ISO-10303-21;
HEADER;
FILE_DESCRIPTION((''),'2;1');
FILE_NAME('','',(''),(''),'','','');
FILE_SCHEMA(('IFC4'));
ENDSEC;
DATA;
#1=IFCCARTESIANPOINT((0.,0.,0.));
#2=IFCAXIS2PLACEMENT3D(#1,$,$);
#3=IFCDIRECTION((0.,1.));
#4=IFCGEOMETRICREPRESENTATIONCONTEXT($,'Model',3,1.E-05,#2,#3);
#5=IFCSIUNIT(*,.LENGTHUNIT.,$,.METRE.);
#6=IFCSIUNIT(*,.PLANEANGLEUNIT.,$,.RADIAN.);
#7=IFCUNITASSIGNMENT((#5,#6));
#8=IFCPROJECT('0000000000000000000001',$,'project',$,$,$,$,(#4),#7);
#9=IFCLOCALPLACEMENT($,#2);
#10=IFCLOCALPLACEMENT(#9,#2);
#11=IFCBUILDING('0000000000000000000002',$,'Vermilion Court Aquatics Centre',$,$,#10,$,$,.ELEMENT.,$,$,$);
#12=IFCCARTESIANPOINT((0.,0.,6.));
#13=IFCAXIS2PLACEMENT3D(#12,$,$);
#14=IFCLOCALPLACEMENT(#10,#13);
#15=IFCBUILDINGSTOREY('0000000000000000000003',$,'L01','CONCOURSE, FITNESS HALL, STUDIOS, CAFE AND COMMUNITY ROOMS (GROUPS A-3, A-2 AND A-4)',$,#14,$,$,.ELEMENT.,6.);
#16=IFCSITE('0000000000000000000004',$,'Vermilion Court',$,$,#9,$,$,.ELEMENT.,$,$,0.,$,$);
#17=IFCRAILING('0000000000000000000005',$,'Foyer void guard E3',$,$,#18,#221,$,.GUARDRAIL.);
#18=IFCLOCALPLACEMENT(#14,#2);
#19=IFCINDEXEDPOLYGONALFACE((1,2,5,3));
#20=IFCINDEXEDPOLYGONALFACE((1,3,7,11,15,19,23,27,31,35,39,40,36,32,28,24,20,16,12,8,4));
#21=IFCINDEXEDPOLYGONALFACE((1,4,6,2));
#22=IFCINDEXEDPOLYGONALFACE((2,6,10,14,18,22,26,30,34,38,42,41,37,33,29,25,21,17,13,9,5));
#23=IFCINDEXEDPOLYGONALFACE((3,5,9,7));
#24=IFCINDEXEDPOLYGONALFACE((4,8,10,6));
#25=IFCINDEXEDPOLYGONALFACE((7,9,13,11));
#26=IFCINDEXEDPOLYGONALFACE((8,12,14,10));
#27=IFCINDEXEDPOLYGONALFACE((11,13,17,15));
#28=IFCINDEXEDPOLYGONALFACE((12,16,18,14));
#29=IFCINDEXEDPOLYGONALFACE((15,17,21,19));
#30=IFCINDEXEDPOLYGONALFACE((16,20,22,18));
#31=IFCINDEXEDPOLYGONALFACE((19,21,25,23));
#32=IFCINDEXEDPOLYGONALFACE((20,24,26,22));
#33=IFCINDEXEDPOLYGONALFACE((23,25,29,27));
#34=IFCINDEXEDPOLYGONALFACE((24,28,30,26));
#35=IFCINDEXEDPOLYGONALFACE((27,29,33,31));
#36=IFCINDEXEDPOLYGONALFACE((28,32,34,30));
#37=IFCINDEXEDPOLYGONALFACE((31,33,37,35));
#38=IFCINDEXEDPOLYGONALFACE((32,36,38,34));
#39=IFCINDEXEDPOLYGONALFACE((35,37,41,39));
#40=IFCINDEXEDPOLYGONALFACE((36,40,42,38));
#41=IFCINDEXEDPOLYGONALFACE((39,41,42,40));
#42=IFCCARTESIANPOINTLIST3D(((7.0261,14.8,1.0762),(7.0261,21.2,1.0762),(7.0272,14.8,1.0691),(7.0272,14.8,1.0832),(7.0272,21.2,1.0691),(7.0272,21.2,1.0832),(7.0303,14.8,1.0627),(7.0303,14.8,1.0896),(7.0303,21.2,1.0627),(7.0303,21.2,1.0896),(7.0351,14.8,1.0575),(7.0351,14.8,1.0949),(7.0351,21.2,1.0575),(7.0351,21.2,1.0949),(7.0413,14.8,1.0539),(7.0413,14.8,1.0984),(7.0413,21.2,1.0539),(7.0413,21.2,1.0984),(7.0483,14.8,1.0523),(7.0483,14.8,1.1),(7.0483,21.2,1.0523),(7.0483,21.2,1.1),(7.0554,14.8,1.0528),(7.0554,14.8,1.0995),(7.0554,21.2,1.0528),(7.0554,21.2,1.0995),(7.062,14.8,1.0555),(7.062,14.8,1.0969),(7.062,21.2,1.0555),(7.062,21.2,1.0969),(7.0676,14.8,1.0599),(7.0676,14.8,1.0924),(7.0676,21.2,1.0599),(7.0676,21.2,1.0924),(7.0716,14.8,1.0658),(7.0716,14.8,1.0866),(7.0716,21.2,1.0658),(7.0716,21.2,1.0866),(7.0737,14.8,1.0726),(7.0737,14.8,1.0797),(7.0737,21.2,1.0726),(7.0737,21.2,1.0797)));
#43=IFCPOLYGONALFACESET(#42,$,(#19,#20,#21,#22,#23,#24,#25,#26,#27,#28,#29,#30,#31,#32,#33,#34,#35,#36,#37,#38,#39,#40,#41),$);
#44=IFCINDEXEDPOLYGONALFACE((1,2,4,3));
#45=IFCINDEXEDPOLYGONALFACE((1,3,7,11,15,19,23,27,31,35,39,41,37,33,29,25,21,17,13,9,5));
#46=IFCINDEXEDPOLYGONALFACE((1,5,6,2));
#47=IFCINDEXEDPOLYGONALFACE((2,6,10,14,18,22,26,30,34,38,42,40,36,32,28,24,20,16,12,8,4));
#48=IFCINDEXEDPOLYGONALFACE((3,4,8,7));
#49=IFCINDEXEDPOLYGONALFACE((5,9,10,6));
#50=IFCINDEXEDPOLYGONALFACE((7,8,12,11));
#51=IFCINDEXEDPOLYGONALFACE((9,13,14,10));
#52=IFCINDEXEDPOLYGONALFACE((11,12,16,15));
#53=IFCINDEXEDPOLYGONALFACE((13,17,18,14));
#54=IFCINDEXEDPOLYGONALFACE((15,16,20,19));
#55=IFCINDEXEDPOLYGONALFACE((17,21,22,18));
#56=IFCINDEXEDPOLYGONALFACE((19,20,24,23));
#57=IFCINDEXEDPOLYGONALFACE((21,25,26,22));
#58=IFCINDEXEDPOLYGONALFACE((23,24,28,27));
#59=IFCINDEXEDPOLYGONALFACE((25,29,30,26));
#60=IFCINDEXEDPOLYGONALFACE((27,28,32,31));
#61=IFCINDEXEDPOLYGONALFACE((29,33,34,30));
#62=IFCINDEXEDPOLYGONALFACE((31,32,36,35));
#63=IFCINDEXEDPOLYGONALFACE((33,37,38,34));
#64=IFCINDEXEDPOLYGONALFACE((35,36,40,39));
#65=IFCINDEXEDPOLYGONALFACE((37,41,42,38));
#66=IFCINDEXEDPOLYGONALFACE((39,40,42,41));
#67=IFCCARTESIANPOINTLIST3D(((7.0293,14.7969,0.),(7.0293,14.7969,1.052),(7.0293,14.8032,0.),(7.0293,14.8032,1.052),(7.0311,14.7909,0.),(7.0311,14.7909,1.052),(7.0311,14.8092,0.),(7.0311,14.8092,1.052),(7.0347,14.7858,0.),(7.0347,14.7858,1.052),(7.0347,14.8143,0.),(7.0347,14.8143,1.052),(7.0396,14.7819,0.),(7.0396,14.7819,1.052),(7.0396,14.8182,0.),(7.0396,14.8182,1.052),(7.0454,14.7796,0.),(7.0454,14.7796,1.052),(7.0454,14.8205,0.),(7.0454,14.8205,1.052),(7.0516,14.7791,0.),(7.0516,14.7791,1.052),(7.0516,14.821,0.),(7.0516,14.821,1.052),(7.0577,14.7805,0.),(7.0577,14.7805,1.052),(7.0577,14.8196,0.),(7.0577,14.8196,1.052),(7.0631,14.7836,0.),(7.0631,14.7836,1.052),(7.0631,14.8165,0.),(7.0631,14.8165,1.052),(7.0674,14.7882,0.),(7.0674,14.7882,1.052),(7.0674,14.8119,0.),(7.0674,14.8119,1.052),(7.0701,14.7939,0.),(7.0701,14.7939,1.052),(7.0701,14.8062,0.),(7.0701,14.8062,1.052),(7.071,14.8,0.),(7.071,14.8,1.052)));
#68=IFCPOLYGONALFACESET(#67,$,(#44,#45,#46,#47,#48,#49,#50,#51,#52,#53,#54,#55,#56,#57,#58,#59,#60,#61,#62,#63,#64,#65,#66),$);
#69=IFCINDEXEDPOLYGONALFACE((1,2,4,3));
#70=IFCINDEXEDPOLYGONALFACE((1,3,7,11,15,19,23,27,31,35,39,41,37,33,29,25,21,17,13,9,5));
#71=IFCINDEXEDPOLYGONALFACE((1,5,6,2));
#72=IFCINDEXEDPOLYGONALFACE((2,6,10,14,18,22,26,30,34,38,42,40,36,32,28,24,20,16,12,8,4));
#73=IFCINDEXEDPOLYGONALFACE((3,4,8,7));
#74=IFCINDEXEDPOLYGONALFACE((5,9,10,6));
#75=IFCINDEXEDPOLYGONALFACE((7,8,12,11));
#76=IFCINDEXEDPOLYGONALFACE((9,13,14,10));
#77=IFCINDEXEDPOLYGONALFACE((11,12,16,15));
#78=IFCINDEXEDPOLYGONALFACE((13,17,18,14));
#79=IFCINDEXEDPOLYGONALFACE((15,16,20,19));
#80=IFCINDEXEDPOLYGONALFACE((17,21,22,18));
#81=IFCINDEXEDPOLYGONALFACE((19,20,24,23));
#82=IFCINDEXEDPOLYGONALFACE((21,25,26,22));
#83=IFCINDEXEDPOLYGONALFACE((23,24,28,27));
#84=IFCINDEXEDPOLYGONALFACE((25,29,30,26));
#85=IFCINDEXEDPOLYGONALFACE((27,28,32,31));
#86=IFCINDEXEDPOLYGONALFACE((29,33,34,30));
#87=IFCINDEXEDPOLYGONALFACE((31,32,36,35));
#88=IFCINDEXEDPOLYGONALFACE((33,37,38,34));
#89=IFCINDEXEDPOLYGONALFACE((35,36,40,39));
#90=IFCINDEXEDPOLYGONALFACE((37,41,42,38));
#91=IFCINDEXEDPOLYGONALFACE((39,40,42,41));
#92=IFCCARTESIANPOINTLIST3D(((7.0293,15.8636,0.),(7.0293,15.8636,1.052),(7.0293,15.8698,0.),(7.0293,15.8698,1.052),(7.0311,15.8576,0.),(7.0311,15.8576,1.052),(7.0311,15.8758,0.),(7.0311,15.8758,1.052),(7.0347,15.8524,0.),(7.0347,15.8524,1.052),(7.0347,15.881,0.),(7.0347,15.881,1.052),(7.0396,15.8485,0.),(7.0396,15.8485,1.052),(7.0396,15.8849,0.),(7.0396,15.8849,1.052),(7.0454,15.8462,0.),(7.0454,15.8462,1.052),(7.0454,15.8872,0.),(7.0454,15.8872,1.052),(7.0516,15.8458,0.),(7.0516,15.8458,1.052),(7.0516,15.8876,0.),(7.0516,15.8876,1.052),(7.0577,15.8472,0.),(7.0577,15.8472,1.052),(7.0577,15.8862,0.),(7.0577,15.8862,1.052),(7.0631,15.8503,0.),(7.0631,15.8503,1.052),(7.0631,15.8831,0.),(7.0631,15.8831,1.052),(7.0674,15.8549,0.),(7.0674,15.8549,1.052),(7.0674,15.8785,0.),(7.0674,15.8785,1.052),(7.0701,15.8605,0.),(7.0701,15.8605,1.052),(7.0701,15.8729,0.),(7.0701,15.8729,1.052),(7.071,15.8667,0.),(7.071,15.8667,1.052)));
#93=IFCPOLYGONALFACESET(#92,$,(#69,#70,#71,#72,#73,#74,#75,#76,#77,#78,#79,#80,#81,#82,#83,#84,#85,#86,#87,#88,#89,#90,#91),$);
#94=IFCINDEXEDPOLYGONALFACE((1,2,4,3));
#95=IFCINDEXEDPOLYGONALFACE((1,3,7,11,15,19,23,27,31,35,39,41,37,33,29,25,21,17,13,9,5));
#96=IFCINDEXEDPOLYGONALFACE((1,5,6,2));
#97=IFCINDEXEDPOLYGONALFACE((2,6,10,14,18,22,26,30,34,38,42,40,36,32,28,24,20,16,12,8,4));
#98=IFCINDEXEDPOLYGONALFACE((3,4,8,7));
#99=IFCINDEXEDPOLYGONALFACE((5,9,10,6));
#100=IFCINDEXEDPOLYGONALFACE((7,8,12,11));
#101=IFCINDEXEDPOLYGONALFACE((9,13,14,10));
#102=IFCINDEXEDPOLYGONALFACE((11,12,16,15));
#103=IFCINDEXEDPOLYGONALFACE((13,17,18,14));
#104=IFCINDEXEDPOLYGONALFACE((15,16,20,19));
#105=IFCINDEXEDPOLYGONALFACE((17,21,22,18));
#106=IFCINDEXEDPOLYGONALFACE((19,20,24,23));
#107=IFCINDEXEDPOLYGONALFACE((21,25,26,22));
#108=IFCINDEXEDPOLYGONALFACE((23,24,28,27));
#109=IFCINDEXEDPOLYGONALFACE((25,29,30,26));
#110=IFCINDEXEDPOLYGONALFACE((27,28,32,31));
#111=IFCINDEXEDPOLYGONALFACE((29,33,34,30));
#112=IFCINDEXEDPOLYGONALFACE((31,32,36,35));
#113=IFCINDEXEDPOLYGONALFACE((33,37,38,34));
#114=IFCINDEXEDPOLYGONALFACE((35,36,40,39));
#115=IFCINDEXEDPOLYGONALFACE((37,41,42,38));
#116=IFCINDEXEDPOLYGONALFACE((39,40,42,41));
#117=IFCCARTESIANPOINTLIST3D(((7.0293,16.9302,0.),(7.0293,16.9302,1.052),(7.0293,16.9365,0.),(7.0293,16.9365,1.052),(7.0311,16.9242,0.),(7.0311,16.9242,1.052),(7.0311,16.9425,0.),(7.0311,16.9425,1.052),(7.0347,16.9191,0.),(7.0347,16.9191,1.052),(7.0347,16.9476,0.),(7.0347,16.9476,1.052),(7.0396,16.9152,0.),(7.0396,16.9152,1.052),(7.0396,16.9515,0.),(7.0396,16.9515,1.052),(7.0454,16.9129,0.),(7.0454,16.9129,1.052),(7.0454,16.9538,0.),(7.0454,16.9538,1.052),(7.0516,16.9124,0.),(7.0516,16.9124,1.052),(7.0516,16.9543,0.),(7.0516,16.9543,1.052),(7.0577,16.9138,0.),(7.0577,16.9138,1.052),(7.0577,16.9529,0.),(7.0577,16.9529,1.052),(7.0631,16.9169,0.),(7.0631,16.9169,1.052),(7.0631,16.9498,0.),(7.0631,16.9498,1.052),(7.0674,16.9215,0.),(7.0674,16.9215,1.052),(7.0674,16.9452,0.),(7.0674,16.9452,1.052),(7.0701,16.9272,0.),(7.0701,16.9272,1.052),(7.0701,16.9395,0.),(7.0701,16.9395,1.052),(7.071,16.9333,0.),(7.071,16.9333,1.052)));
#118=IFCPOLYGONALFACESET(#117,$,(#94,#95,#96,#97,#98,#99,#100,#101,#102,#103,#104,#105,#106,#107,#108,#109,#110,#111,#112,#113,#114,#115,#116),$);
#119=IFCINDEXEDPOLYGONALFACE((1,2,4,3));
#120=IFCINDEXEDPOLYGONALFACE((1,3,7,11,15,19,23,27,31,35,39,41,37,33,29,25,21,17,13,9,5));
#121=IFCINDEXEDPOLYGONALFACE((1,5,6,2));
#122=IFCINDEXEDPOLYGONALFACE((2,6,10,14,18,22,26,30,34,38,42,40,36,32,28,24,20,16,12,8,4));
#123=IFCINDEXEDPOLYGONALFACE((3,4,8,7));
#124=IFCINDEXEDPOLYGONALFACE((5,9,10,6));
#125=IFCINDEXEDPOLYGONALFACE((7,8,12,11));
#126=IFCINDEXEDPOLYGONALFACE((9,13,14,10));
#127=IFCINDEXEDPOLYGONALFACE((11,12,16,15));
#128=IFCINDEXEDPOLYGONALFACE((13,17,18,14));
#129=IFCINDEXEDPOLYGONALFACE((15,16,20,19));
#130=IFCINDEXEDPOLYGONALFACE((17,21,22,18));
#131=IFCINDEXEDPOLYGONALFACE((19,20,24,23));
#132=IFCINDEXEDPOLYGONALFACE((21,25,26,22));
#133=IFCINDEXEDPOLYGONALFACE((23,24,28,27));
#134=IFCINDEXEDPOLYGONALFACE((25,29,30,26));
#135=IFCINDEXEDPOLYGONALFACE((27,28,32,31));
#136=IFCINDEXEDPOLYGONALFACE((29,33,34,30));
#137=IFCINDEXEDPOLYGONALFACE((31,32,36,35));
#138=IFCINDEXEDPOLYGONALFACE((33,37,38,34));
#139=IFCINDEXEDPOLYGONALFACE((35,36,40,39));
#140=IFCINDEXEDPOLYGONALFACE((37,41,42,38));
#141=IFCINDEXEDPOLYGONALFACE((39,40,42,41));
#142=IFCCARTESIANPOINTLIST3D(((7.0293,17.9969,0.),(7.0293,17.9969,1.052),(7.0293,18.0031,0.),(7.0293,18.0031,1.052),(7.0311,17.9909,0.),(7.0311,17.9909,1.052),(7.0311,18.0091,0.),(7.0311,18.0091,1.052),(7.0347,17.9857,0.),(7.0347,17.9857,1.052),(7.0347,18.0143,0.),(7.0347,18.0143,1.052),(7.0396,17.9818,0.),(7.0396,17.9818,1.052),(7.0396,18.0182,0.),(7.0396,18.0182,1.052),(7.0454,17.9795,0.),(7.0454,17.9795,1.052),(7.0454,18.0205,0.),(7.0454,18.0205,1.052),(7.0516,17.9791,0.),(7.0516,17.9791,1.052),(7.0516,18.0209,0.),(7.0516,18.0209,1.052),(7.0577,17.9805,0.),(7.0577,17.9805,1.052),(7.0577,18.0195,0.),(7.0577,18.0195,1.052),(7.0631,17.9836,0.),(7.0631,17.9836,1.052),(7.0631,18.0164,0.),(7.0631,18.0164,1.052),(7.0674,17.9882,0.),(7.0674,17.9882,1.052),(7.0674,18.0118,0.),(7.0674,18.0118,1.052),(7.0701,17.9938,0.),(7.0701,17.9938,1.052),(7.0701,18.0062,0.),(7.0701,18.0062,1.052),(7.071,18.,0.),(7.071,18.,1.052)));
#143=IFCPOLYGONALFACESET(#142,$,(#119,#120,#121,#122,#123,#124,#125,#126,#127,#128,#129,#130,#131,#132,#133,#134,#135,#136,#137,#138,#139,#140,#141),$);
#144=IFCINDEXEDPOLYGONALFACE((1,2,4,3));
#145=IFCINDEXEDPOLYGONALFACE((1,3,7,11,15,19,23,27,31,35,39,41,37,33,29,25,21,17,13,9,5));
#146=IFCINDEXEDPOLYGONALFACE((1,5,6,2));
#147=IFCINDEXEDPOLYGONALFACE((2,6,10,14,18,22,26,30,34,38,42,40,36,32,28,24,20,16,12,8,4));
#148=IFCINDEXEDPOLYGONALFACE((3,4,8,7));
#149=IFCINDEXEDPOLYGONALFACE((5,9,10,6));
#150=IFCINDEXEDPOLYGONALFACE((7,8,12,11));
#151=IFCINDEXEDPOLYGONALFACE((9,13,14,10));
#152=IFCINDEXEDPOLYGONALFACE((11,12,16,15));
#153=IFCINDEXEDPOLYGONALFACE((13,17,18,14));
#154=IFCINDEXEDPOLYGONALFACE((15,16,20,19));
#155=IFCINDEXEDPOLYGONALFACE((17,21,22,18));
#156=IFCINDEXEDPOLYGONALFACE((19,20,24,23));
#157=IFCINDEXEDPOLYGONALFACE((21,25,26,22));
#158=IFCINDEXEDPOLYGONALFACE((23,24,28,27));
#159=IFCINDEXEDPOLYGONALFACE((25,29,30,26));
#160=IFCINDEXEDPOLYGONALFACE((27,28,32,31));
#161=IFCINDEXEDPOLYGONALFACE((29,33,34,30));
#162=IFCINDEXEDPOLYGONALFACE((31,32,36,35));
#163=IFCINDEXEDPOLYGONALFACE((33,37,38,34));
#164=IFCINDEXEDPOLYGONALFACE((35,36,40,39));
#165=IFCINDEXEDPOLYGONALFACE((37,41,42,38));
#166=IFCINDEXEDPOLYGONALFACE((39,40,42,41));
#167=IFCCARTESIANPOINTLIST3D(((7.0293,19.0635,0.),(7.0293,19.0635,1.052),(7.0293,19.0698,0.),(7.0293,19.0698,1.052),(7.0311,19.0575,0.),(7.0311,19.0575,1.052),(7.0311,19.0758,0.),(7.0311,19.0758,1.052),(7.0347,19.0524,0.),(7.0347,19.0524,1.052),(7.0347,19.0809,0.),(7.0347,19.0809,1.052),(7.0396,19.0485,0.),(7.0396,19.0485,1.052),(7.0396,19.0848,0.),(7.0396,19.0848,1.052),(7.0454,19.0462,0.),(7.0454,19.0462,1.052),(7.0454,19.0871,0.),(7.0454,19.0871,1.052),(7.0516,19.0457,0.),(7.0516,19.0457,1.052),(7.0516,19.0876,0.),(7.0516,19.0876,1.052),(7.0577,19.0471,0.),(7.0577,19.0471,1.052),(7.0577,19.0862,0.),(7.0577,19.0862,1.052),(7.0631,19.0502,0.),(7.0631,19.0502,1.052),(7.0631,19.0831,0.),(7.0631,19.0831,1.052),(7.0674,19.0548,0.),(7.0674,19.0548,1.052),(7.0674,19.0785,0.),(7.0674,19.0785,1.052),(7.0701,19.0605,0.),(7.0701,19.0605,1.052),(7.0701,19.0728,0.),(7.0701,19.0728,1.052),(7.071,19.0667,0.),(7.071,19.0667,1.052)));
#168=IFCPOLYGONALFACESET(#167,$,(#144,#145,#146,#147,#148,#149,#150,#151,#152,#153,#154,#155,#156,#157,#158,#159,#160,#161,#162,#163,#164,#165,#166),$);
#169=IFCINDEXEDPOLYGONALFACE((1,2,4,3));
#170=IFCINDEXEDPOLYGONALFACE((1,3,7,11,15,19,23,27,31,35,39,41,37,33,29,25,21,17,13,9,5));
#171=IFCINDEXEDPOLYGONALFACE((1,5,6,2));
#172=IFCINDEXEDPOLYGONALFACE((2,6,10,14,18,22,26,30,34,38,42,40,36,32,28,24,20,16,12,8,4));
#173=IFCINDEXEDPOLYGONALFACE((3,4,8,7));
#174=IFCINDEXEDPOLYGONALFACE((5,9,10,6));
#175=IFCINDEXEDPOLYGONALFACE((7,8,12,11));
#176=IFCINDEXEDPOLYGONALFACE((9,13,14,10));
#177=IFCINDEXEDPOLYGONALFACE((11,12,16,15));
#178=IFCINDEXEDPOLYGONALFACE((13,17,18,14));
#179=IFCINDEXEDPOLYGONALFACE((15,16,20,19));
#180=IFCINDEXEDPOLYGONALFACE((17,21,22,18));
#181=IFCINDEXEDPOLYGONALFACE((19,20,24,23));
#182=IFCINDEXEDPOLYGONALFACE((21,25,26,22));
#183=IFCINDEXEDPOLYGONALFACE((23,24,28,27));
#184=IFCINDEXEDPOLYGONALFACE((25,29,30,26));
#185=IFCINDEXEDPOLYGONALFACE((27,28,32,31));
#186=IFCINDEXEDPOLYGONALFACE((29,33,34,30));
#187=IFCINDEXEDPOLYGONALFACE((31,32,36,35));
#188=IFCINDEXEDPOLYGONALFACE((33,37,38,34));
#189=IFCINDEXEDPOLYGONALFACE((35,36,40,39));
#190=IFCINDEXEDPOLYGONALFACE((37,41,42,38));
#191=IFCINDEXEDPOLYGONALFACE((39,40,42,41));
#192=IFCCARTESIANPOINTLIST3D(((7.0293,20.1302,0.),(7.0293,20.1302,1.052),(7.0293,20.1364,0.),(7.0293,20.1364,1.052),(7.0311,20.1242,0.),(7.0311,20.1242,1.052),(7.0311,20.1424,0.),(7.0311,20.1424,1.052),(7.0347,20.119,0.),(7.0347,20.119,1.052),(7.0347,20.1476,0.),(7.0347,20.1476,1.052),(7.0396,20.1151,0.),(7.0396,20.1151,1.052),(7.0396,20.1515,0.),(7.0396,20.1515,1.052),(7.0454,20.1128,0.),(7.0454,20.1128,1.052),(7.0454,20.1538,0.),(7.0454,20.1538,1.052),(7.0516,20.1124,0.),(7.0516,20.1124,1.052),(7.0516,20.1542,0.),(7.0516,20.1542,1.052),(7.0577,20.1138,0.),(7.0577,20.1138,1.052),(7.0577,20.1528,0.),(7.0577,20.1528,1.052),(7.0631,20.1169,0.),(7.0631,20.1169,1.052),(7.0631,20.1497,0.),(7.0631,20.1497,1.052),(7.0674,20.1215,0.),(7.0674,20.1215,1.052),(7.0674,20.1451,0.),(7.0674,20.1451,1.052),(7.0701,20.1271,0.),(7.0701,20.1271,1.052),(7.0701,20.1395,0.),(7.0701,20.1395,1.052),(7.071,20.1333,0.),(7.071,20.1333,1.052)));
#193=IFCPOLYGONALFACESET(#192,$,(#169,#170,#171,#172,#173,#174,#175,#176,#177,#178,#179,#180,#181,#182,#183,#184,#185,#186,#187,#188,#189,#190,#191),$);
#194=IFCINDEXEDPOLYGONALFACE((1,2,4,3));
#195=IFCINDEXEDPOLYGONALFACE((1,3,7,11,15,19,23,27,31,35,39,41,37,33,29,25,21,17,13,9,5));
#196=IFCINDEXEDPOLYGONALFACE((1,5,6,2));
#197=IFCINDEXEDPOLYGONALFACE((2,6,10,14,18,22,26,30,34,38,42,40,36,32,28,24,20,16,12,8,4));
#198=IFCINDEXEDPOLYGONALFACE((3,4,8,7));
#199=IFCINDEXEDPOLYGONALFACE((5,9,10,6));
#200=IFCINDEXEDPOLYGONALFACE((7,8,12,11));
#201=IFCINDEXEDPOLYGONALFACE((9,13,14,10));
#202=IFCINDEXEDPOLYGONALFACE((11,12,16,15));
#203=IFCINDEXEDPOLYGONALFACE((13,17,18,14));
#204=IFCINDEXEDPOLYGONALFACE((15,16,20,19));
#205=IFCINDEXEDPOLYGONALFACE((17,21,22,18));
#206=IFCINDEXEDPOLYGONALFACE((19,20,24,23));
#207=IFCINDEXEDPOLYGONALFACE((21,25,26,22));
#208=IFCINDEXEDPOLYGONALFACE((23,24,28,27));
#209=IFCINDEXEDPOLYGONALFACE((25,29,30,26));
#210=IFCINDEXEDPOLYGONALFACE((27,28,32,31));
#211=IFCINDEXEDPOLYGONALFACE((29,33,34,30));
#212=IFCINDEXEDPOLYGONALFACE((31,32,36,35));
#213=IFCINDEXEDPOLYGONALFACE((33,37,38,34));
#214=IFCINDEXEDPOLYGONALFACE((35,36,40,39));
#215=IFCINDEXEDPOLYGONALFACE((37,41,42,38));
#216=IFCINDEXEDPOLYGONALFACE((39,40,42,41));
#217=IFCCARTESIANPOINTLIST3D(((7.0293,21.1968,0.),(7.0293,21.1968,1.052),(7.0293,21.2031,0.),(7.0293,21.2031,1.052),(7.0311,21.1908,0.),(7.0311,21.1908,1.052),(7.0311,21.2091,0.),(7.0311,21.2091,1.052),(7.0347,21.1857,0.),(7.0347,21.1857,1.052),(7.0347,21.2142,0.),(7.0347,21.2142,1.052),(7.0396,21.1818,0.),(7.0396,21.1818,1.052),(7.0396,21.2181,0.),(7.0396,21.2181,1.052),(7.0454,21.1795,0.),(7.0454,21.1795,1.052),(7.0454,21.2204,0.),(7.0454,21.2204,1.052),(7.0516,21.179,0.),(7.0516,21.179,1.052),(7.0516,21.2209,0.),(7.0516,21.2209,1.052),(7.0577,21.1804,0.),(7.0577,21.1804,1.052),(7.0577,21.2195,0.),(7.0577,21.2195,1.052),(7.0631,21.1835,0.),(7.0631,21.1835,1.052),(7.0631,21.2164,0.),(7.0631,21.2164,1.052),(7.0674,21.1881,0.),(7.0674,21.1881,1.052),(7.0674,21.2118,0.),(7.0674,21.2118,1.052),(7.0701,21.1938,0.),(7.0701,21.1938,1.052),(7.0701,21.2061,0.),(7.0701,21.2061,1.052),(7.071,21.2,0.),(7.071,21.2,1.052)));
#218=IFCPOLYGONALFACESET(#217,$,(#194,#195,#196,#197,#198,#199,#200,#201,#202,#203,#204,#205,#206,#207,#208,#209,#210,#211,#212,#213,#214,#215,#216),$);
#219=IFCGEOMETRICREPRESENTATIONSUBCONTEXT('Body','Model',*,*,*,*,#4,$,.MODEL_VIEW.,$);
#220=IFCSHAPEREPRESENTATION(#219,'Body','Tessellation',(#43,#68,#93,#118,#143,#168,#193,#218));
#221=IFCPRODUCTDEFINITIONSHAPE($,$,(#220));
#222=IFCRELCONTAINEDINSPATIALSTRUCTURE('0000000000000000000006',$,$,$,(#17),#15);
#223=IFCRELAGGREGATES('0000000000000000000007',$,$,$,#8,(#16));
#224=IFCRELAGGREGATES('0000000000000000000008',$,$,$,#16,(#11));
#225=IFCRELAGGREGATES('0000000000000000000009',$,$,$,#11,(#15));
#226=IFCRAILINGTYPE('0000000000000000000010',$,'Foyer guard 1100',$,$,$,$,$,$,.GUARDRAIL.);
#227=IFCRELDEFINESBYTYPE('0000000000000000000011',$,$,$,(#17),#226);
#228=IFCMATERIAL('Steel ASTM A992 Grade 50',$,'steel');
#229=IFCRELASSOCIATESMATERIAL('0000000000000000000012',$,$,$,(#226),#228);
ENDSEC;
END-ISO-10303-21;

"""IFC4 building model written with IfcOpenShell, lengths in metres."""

from ifc_helpers import new_model, si_unit, direction, frame, origin, origin_2d, place, context, subcontext, project, spatial, circle, extrude, material, type_object, element, save


model = new_model("IFC4")

# Units and contexts
model_context = context("Model", 3, precision=1e-05, world=origin(), true_north=direction((0.0, 1.0)))
body_context = subcontext(model_context, "Body", "Model", "MODEL_VIEW")
ifc_project = project(units=[si_unit("LENGTHUNIT", "METRE"), si_unit("PLANEANGLEUNIT", "RADIAN")], contexts=[model_context])

# Site, building, storey
site_placement = place(None, origin())
site = spatial("IfcSite", under=ifc_project, at=site_placement, Name="Vermilion Court", CompositionType="ELEMENT", RefElevation=0.0)
building_placement = place(site_placement, origin())
building = spatial("IfcBuilding", under=site, at=building_placement, Name="Vermilion Court Aquatics Centre", CompositionType="ELEMENT")
storey_placement = place(building_placement, frame((0.0, 0.0, 6.0)))
storey = spatial("IfcBuildingStorey", under=building, at=storey_placement, Name="L01", Description="CONCOURSE, FITNESS HALL, STUDIOS, CAFE AND COMMUNITY ROOMS (GROUPS A-3, A-2 AND A-4)", CompositionType="ELEMENT", Elevation=6.0)

# Railing
ifc_material_1 = material(Name="Steel ASTM A992 Grade 50", Category="steel")
railing_type = type_object("IfcRailingType", Name="Foyer guard 1100", PredefinedType="GUARDRAIL", material=ifc_material_1)
for number, where, name in (
    (1, (7.05, 14.8, 0.0), "Foyer void guard E3"),
):
    element("IfcRailing", number, at=place(storey_placement, frame(where)), inside=storey, type_object=railing_type, Name=name, PredefinedType="GUARDRAIL", context=body_context, shape_type="SweptSolid", body=[
        extrude(circle(Radius=0.0239, at=origin_2d()), frame((0.0, 0.0, 1.0762), z_axis=(0.0, 1.0, 0.0), x_axis=(-1.0, 0.0, 0.0)), (0.0, 0.0, 1.0), 6.3999),
        extrude(circle(Radius=0.021, at=origin_2d()), origin(), (0.0, 0.0, 1.0), 1.052),
        extrude(circle(Radius=0.021, at=origin_2d()), frame((0.0, 1.0667, 0.0)), (0.0, 0.0, 1.0), 1.052),
        extrude(circle(Radius=0.021, at=origin_2d()), frame((0.0, 2.1333, 0.0)), (0.0, 0.0, 1.0), 1.052),
        extrude(circle(Radius=0.021, at=origin_2d()), frame((0.0, 3.2, 0.0)), (0.0, 0.0, 1.0), 1.052),
        extrude(circle(Radius=0.021, at=origin_2d()), frame((0.0, 4.2666, 0.0)), (0.0, 0.0, 1.0), 1.052),
        extrude(circle(Radius=0.021, at=origin_2d()), frame((0.0, 5.3333, 0.0)), (0.0, 0.0, 1.0), 1.052),
        extrude(circle(Radius=0.021, at=origin_2d()), frame((0.0, 6.3999, 0.0)), (0.0, 0.0, 1.0), 1.052),
    ])

save(model, "model.ifc")
